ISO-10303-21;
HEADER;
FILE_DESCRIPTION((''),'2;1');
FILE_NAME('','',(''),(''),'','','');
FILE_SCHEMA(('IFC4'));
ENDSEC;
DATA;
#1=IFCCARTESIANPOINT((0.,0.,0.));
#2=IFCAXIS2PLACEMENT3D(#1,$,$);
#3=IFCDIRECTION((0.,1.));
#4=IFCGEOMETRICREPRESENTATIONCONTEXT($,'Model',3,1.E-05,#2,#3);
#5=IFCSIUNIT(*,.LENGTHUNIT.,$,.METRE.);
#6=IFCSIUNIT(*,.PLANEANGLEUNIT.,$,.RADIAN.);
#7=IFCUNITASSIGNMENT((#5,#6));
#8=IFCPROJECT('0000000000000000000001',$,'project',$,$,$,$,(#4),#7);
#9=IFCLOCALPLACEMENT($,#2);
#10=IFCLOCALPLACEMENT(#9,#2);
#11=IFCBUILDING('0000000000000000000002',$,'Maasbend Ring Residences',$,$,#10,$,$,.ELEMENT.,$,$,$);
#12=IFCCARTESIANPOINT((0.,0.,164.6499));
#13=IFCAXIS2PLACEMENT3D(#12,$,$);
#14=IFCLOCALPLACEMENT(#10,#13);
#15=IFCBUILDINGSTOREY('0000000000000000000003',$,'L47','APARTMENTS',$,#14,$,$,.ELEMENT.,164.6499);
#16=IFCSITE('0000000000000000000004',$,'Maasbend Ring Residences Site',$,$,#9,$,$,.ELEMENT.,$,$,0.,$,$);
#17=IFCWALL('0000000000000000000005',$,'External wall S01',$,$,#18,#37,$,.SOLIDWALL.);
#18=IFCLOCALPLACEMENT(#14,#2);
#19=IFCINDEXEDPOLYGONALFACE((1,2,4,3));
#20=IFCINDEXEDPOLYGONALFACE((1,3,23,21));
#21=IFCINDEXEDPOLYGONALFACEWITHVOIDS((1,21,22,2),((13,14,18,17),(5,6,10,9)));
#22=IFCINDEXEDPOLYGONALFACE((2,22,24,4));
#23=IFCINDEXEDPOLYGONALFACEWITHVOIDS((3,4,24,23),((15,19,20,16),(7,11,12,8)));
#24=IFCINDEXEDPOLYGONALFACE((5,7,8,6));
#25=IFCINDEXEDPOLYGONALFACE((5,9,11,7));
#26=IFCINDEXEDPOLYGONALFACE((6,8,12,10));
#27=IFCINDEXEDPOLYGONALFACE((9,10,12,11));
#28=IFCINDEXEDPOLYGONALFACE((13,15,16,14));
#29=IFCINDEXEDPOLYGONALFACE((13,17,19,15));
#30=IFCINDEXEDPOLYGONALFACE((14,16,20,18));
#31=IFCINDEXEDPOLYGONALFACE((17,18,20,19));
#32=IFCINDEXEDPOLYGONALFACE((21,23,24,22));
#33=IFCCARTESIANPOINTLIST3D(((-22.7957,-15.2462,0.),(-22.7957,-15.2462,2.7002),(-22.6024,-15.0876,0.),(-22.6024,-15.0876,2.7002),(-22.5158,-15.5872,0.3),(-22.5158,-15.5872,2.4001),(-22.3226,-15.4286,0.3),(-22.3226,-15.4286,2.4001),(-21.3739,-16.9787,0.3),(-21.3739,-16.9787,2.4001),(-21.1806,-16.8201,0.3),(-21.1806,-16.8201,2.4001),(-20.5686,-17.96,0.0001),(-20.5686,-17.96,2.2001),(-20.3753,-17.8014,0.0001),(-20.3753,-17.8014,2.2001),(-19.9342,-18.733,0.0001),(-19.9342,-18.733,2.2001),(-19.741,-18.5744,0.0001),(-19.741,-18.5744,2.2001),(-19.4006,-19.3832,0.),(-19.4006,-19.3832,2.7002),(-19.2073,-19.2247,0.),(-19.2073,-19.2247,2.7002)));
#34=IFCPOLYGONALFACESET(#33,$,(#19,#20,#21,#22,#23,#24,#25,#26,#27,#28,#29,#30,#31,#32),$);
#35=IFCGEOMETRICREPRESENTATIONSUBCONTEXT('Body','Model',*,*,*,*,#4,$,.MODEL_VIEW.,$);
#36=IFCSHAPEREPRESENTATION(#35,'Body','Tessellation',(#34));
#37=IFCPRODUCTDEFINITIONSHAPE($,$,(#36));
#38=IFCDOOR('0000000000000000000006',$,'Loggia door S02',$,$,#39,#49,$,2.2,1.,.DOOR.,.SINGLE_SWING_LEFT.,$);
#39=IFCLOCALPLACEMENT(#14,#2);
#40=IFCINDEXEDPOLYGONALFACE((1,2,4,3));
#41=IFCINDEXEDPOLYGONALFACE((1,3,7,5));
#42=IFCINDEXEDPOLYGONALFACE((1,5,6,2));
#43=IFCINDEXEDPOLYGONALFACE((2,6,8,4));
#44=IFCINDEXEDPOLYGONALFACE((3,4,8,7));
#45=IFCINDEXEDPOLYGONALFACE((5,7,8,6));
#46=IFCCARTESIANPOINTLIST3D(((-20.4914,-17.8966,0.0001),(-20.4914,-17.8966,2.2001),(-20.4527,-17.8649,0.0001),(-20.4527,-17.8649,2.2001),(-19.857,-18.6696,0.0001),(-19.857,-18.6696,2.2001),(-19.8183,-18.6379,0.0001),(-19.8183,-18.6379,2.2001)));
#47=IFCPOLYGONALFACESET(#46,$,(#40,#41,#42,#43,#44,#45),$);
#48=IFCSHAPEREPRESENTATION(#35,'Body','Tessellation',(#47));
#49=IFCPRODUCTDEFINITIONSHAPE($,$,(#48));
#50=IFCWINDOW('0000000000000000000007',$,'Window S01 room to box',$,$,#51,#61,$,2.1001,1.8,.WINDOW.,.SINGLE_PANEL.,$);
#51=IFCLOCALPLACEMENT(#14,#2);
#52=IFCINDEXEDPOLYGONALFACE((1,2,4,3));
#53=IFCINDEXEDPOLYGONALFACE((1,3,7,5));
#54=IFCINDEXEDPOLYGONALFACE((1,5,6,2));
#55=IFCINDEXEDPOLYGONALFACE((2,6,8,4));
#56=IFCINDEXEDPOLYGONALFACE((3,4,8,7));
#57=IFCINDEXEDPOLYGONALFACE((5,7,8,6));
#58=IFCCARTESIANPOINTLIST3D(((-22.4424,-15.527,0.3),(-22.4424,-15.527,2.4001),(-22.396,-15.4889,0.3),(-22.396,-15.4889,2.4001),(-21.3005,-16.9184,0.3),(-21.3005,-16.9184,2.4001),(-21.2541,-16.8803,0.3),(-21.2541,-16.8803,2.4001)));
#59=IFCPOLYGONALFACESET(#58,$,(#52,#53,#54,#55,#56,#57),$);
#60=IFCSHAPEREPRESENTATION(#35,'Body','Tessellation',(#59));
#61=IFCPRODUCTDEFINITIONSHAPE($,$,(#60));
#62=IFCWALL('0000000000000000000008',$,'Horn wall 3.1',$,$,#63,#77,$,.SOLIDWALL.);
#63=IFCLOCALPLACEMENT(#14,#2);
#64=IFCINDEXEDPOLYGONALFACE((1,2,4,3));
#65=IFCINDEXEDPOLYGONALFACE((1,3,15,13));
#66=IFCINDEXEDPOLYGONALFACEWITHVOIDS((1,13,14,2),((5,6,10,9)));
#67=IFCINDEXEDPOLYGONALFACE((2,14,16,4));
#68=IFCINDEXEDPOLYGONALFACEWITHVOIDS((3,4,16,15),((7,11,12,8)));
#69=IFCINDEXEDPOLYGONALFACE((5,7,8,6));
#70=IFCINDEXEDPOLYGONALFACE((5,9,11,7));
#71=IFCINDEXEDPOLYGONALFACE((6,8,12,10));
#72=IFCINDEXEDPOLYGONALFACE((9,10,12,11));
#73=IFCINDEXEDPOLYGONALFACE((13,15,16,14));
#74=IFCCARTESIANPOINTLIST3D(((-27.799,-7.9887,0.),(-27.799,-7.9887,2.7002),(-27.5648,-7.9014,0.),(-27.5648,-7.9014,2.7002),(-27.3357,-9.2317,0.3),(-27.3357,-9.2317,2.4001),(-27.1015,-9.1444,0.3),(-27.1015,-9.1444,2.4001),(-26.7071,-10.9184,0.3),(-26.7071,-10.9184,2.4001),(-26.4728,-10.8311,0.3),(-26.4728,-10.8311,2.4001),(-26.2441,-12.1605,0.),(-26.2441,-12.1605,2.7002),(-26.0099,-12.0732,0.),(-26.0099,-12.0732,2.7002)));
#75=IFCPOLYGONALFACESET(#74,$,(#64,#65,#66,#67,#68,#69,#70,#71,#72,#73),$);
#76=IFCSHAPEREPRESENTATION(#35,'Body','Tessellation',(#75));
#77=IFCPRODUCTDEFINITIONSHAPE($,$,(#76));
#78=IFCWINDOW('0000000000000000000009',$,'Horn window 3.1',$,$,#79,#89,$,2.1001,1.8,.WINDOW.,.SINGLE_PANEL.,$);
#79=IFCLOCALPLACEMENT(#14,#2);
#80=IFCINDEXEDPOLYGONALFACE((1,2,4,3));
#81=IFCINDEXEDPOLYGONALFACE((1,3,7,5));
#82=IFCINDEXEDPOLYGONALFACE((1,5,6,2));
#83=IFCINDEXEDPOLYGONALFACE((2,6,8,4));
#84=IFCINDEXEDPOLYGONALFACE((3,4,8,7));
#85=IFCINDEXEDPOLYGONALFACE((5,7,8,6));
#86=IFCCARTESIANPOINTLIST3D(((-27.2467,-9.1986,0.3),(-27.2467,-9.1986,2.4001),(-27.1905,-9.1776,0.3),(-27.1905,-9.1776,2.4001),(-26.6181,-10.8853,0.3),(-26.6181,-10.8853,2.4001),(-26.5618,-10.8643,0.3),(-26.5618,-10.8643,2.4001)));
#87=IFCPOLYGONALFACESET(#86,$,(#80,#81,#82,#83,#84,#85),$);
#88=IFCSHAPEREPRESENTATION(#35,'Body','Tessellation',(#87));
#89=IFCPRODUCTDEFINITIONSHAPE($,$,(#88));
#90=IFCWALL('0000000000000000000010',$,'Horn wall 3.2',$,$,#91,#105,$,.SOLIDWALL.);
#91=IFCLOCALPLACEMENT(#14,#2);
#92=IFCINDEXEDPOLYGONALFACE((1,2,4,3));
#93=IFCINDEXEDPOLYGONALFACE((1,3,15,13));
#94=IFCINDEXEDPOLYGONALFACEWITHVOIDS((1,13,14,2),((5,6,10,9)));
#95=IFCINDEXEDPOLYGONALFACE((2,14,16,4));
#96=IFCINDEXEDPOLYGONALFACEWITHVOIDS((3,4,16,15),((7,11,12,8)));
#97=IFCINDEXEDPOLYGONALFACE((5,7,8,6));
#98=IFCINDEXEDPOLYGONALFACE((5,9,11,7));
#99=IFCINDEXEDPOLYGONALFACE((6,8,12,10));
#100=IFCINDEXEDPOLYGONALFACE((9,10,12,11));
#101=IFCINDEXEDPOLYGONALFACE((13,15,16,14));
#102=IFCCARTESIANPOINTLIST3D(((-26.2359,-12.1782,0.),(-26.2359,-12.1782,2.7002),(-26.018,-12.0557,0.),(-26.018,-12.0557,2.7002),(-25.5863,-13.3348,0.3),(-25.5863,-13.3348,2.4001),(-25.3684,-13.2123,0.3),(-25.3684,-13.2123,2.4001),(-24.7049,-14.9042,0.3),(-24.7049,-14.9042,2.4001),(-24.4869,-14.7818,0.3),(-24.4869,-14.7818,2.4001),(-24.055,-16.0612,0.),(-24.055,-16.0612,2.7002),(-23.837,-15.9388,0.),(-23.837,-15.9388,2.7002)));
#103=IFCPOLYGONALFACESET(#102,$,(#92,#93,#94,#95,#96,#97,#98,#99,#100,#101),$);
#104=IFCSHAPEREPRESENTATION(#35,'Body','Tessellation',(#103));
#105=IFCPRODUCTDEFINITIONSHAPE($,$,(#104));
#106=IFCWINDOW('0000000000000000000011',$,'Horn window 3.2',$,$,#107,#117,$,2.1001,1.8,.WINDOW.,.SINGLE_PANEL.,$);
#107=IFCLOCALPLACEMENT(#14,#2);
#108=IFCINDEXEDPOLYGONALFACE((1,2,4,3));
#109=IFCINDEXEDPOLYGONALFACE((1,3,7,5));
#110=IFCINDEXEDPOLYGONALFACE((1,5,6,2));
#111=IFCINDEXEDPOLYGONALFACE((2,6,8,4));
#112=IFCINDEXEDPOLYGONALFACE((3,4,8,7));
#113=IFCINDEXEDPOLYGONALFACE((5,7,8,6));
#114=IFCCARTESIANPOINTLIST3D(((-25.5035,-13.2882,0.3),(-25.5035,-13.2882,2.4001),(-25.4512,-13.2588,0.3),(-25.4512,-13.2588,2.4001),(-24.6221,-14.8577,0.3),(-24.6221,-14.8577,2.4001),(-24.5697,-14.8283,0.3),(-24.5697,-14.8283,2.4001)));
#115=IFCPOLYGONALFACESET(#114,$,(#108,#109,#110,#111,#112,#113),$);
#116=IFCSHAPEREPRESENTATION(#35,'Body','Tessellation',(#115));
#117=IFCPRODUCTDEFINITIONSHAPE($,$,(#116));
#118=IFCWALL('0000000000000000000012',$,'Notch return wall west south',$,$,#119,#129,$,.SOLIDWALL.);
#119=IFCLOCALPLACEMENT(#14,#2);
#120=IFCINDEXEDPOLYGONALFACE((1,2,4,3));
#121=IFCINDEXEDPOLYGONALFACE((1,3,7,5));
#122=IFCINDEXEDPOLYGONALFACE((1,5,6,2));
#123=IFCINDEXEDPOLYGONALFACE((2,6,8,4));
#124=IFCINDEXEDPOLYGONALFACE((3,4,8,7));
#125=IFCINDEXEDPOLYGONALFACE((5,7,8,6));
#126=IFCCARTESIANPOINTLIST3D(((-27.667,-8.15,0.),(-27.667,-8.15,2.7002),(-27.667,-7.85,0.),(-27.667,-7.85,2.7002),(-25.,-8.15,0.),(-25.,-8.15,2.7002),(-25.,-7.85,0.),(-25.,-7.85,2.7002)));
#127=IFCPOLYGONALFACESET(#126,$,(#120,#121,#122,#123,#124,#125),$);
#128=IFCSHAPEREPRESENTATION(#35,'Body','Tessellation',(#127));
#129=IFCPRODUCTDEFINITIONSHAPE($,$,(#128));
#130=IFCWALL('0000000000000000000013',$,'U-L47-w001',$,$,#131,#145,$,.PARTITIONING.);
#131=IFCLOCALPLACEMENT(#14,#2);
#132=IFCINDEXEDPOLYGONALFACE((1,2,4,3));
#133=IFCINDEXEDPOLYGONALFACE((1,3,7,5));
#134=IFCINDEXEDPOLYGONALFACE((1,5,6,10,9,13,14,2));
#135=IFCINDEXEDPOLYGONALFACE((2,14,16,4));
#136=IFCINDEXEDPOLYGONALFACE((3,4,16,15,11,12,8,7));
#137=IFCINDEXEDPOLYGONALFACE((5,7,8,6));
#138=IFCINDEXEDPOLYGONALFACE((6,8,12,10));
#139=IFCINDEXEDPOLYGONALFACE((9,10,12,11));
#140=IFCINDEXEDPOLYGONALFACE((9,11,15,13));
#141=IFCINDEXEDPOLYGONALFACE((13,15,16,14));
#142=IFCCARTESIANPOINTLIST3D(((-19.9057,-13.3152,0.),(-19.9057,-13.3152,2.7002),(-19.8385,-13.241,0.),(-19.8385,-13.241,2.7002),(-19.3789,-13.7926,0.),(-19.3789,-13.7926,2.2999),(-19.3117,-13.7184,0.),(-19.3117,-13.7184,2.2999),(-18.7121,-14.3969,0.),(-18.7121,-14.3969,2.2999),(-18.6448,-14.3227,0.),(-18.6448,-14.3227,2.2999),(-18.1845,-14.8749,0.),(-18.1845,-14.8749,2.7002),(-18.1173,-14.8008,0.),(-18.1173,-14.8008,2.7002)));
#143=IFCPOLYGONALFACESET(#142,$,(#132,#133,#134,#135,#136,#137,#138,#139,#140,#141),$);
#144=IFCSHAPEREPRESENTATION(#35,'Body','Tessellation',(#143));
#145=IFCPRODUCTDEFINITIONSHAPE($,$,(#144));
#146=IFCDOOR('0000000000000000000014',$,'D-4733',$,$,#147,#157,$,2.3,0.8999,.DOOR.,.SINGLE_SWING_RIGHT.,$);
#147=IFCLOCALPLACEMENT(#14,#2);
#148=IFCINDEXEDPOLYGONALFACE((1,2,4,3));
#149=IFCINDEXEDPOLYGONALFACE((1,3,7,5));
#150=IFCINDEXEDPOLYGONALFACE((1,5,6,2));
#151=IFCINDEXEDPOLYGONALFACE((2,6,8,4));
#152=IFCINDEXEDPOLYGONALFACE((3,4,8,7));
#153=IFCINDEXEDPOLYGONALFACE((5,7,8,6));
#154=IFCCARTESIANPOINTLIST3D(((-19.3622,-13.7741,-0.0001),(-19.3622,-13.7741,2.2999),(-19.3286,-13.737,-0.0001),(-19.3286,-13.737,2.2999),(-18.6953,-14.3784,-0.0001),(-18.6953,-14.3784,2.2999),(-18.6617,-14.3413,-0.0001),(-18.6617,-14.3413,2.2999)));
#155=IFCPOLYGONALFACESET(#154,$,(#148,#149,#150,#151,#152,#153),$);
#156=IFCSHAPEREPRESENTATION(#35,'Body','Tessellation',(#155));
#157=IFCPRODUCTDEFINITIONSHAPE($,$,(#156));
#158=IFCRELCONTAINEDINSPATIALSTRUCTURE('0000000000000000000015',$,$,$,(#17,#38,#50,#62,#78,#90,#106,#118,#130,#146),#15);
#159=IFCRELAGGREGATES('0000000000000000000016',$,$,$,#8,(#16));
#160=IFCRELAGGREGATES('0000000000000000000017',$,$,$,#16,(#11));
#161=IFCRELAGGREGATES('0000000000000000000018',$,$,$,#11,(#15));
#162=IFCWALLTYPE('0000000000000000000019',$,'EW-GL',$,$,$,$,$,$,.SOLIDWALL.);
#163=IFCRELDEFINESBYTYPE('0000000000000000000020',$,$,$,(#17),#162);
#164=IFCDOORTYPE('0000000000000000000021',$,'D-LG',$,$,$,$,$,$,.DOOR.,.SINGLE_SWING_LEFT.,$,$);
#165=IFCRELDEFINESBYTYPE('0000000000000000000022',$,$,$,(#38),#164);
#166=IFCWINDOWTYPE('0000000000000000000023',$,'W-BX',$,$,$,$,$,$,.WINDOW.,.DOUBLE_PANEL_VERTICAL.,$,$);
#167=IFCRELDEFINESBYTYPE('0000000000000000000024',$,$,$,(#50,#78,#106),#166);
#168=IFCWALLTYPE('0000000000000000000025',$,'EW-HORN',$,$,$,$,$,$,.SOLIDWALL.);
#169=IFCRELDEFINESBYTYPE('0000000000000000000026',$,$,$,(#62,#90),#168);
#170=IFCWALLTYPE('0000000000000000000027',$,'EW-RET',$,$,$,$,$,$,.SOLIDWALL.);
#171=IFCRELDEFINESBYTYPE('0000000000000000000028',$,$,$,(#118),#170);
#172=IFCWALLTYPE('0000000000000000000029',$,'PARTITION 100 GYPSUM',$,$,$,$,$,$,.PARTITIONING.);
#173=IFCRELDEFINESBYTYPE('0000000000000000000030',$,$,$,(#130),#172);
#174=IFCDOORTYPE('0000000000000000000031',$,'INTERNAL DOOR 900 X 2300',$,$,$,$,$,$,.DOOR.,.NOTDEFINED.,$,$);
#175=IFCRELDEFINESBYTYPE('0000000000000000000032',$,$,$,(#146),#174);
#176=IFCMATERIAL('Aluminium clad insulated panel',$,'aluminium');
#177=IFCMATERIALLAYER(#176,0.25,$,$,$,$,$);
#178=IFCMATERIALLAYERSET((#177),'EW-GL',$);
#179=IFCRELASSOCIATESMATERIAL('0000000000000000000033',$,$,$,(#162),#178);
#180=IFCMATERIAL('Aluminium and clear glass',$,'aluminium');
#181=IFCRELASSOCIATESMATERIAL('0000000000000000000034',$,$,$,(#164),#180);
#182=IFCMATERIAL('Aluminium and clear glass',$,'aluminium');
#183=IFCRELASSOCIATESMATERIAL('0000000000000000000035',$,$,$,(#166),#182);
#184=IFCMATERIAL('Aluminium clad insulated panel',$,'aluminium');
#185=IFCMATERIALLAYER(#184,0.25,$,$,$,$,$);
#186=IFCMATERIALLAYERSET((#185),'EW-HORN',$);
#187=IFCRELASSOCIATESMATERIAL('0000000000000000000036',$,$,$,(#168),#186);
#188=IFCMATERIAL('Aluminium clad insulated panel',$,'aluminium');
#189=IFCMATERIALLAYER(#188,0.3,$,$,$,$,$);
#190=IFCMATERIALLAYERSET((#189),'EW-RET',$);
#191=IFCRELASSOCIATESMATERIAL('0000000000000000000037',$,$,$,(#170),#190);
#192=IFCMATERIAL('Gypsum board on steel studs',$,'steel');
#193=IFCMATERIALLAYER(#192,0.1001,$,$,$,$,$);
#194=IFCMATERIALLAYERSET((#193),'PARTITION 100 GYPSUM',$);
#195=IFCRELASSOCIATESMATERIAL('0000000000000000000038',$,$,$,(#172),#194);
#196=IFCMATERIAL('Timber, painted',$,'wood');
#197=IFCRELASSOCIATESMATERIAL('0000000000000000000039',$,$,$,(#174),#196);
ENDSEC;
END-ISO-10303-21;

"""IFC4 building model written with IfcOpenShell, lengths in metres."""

from ifc_helpers import new_model, si_unit, direction, frame, frame_2d, origin, place, context, subcontext, project, spatial, rectangle, extrude, material, layer, layer_set, type_object, element, fill, save


model = new_model("IFC4")

# Units and contexts
model_context = context("Model", 3, precision=1e-05, world=origin(), true_north=direction((0.0, 1.0)))
body_context = subcontext(model_context, "Body", "Model", "MODEL_VIEW")
ifc_project = project(units=[si_unit("LENGTHUNIT", "METRE"), si_unit("PLANEANGLEUNIT", "RADIAN")], contexts=[model_context])

# Site, building, storey
site_placement = place(None, origin())
site = spatial("IfcSite", under=ifc_project, at=site_placement, Name="Maasbend Ring Residences Site", CompositionType="ELEMENT", RefElevation=0.0)
building_placement = place(site_placement, origin())
building = spatial("IfcBuilding", under=site, at=building_placement, Name="Maasbend Ring Residences", CompositionType="ELEMENT")
storey_placement = place(building_placement, frame((0.0, 0.0, 164.6499)))
storey = spatial("IfcBuildingStorey", under=building, at=storey_placement, Name="L47", Description="APARTMENTS", CompositionType="ELEMENT", Elevation=164.6499)

# Wall, openings, door, window
ifc_material_1 = material(Name="Aluminium clad insulated panel", Category="aluminium")
ifc_layer_1 = layer(ifc_material_1, 0.25)
ifc_layer_set_1 = layer_set([ifc_layer_1], Name="EW-GL")
wall_type_1 = type_object("IfcWallType", Name="EW-GL", PredefinedType="SOLIDWALL", material=ifc_layer_set_1)
wall_1_placement = place(storey_placement, frame((-22.699, -15.167, 0.0), z_axis=(0.0, 0.0, 1.0), x_axis=(0.634382, -0.773019, 0.0)))
wall_1 = element("IfcWall", 1, at=wall_1_placement, inside=storey, type_object=wall_type_1, Name="External wall S01", PredefinedType="SOLIDWALL", context=body_context, shape_type="SweptSolid", body=[
    extrude(rectangle(XDim=5.3518, YDim=0.25, at=frame_2d((2.6758, 0.0))), origin(), (0.0, 0.0, 1.0), 2.7002),
])
opening_1_placement = place(wall_1_placement, frame((0.4412, 0.0, 0.3)))
opening_1 = element("IfcOpeningElement", 2, at=opening_1_placement, cuts=wall_1, PredefinedType="OPENING", context=body_context, shape_type="SweptSolid", body=[
    extrude(rectangle(XDim=1.8, YDim=2.1001, at=frame_2d((0.8999, 1.05))), frame((0.0, 0.135, 0.0), z_axis=(0.0, -1.0, 0.0), x_axis=(1.0, 0.0, 0.0)), (0.0, 0.0, 1.0), 0.27),
])
opening_2_placement = place(wall_1_placement, frame((3.5105, 0.0, 0.0)))
opening_2 = element("IfcOpeningElement", 3, at=opening_2_placement, cuts=wall_1, PredefinedType="OPENING", context=body_context, shape_type="SweptSolid", body=[
    extrude(rectangle(XDim=1.0, YDim=2.2, at=frame_2d((0.5, 1.1001))), frame((0.0, 0.135, 0.0), z_axis=(0.0, -1.0, 0.0), x_axis=(1.0, 0.0, 0.0)), (0.0, 0.0, 1.0), 0.27),
])
ifc_material_2 = material(Name="Aluminium and clear glass", Category="aluminium")
door_type_1 = type_object("IfcDoorType", Name="D-LG", OperationType="SINGLE_SWING_LEFT", PredefinedType="DOOR", material=ifc_material_2)
door_1_placement = place(opening_2_placement, origin())
door_1 = element("IfcDoor", 4, at=door_1_placement, inside=storey, type_object=door_type_1, Name="Loggia door S02", OperationType="SINGLE_SWING_LEFT", OverallHeight=2.2, OverallWidth=1.0, PredefinedType="DOOR", context=body_context, shape_type="SweptSolid", body=[
    extrude(rectangle(XDim=1.0, YDim=2.2, at=frame_2d((0.5, 1.1001))), frame((0.0, 0.0249, 0.0), z_axis=(0.0, -1.0, 0.0), x_axis=(1.0, 0.0, 0.0)), (0.0, 0.0, 1.0), 0.05),
])
fill(opening_2, door_1)
ifc_material_3 = material(Name="Aluminium and clear glass", Category="aluminium")
window_type = type_object("IfcWindowType", Name="W-BX", PartitioningType="DOUBLE_PANEL_VERTICAL", PredefinedType="WINDOW", material=ifc_material_3)
window_1_placement = place(opening_1_placement, origin())
window_1 = element("IfcWindow", 5, at=window_1_placement, inside=storey, type_object=window_type, Name="Window S01 room to box", OverallHeight=2.1001, OverallWidth=1.8, PartitioningType="SINGLE_PANEL", PredefinedType="WINDOW", context=body_context, shape_type="SweptSolid", body=[
    extrude(rectangle(XDim=1.8, YDim=2.1001, at=frame_2d((0.8999, 1.05))), frame((0.0, 0.03, 0.0), z_axis=(0.0, -1.0, 0.0), x_axis=(1.0, 0.0, 0.0)), (0.0, 0.0, 1.0), 0.0601),
])
fill(opening_1, window_1)

# Walls, openings, windows
ifc_material_4 = material(Name="Aluminium clad insulated panel", Category="aluminium")
ifc_layer_2 = layer(ifc_material_4, 0.25)
ifc_layer_set_2 = layer_set([ifc_layer_2], Name="EW-HORN")
wall_type_2 = type_object("IfcWallType", Name="EW-HORN", PredefinedType="SOLIDWALL", material=ifc_layer_set_2)
wall_2_placement = place(storey_placement, frame((-27.6819, -7.9451, 0.0), z_axis=(0.0, 0.0, 1.0), x_axis=(0.349248, -0.93703, 0.0)))
wall_2 = element("IfcWall", 6, at=wall_2_placement, inside=storey, type_object=wall_type_2, Name="Horn wall 3.1", PredefinedType="SOLIDWALL", context=body_context, shape_type="SweptSolid", body=[
    extrude(rectangle(XDim=4.4521, YDim=0.25, at=frame_2d((2.2261, 0.0))), origin(), (0.0, 0.0, 1.0), 2.7002),
])
opening_3_placement = place(wall_2_placement, frame((1.3267, 0.0, 0.3)))
opening_3 = element("IfcOpeningElement", 7, at=opening_3_placement, cuts=wall_2, PredefinedType="OPENING", context=body_context, shape_type="SweptSolid", body=[
    extrude(rectangle(XDim=1.8, YDim=2.1001, at=frame_2d((0.8999, 1.05))), frame((0.0, 0.135, 0.0), z_axis=(0.0, -1.0, 0.0), x_axis=(1.0, 0.0, 0.0)), (0.0, 0.0, 1.0), 0.27),
])
window_2_placement = place(opening_3_placement, origin())
window_2 = element("IfcWindow", 8, at=window_2_placement, inside=storey, type_object=window_type, Name="Horn window 3.1", OverallHeight=2.1001, OverallWidth=1.8, PartitioningType="SINGLE_PANEL", PredefinedType="WINDOW", context=body_context, shape_type="SweptSolid", body=[
    extrude(rectangle(XDim=1.8, YDim=2.1001, at=frame_2d((0.8999, 1.05))), frame((0.0, 0.03, 0.0), z_axis=(0.0, -1.0, 0.0), x_axis=(1.0, 0.0, 0.0)), (0.0, 0.0, 1.0), 0.0601),
])
fill(opening_3, window_2)
wall_3_placement = place(storey_placement, frame((-26.127, -12.1169, 0.0), z_axis=(0.0, 0.0, 1.0), x_axis=(0.489696, -0.871893, 0.0)))
wall_3 = element("IfcWall", 9, at=wall_3_placement, inside=storey, type_object=wall_type_2, Name="Horn wall 3.2", PredefinedType="SOLIDWALL", context=body_context, shape_type="SweptSolid", body=[
    extrude(rectangle(XDim=4.4536, YDim=0.25, at=frame_2d((2.2268, 0.0))), origin(), (0.0, 0.0, 1.0), 2.7002),
])
opening_4_placement = place(wall_3_placement, frame((1.3267, 0.0, 0.3)))
opening_4 = element("IfcOpeningElement", 10, at=opening_4_placement, cuts=wall_3, PredefinedType="OPENING", context=body_context, shape_type="SweptSolid", body=[
    extrude(rectangle(XDim=1.8, YDim=2.1001, at=frame_2d((0.8999, 1.05))), frame((0.0, 0.135, 0.0), z_axis=(0.0, -1.0, 0.0), x_axis=(1.0, 0.0, 0.0)), (0.0, 0.0, 1.0), 0.27),
])
window_3_placement = place(opening_4_placement, origin())
window_3 = element("IfcWindow", 11, at=window_3_placement, inside=storey, type_object=window_type, Name="Horn window 3.2", OverallHeight=2.1001, OverallWidth=1.8, PartitioningType="SINGLE_PANEL", PredefinedType="WINDOW", context=body_context, shape_type="SweptSolid", body=[
    extrude(rectangle(XDim=1.8, YDim=2.1001, at=frame_2d((0.8999, 1.05))), frame((0.0, 0.03, 0.0), z_axis=(0.0, -1.0, 0.0), x_axis=(1.0, 0.0, 0.0)), (0.0, 0.0, 1.0), 0.0601),
])
fill(opening_4, window_3)

# Wall
ifc_material_5 = material(Name="Aluminium clad insulated panel", Category="aluminium")
ifc_layer_3 = layer(ifc_material_5, 0.3)
ifc_layer_set_3 = layer_set([ifc_layer_3], Name="EW-RET")
wall_type_3 = type_object("IfcWallType", Name="EW-RET", PredefinedType="SOLIDWALL", material=ifc_layer_set_3)
wall_4_placement = place(storey_placement, frame((-25.0, -8.0, 0.0), z_axis=(0.0, 0.0, 1.0), x_axis=(-1.0, 0.0, 0.0)))
element("IfcWall", 12, at=wall_4_placement, inside=storey, type_object=wall_type_3, Name="Notch return wall west south", PredefinedType="SOLIDWALL", context=body_context, shape_type="SweptSolid", body=[
    extrude(rectangle(XDim=2.667, YDim=0.3, at=frame_2d((1.3335, 0.0))), origin(), (0.0, 0.0, 1.0), 2.7002),
])

# Wall, opening, door
ifc_material_6 = material(Name="Gypsum board on steel studs", Category="steel")
ifc_layer_4 = layer(ifc_material_6, 0.1001)
ifc_layer_set_4 = layer_set([ifc_layer_4], Name="PARTITION 100 GYPSUM")
wall_type_4 = type_object("IfcWallType", Name="PARTITION 100 GYPSUM", PredefinedType="PARTITIONING", material=ifc_layer_set_4)
wall_5_placement = place(storey_placement, frame((-19.8721, -13.2781, 0.0), z_axis=(0.0, 0.0, 1.0), x_axis=(0.74099, -0.671516, 0.0)))
wall_5 = element("IfcWall", 13, at=wall_5_placement, inside=storey, type_object=wall_type_4, Name="U-L47-w001", PredefinedType="PARTITIONING", context=body_context, shape_type="SweptSolid", body=[
    extrude(rectangle(XDim=2.3228, YDim=0.1001, at=frame_2d((1.1614, 0.0))), origin(), (0.0, 0.0, 1.0), 2.7002),
])
opening_5_placement = place(wall_5_placement, frame((0.7109, 0.0, 0.0)))
opening_5 = element("IfcOpeningElement", 14, at=opening_5_placement, cuts=wall_5, PredefinedType="OPENING", context=body_context, shape_type="SweptSolid", body=[
    extrude(rectangle(XDim=0.8999, YDim=2.3, at=frame_2d((0.45, 1.1499))), frame((0.0, 0.0601, 0.0), z_axis=(0.0, -1.0, 0.0), x_axis=(1.0, 0.0, 0.0)), (0.0, 0.0, 1.0), 0.1201),
])
ifc_material_7 = material(Name="Timber, painted", Category="wood")
door_type_2 = type_object("IfcDoorType", Name="INTERNAL DOOR 900 X 2300", OperationType="NOTDEFINED", PredefinedType="DOOR", material=ifc_material_7)
door_2_placement = place(opening_5_placement, origin())
door_2 = element("IfcDoor", 15, at=door_2_placement, inside=storey, type_object=door_type_2, Name="D-4733", OperationType="SINGLE_SWING_RIGHT", OverallHeight=2.3, OverallWidth=0.8999, PredefinedType="DOOR", context=body_context, shape_type="SweptSolid", body=[
    extrude(rectangle(XDim=0.8999, YDim=2.3, at=frame_2d((0.45, 1.1499))), frame((0.0, 0.0249, 0.0), z_axis=(0.0, -1.0, 0.0), x_axis=(1.0, 0.0, 0.0)), (0.0, 0.0, 1.0), 0.05),
])
fill(opening_5, door_2)

save(model, "model.ifc")
